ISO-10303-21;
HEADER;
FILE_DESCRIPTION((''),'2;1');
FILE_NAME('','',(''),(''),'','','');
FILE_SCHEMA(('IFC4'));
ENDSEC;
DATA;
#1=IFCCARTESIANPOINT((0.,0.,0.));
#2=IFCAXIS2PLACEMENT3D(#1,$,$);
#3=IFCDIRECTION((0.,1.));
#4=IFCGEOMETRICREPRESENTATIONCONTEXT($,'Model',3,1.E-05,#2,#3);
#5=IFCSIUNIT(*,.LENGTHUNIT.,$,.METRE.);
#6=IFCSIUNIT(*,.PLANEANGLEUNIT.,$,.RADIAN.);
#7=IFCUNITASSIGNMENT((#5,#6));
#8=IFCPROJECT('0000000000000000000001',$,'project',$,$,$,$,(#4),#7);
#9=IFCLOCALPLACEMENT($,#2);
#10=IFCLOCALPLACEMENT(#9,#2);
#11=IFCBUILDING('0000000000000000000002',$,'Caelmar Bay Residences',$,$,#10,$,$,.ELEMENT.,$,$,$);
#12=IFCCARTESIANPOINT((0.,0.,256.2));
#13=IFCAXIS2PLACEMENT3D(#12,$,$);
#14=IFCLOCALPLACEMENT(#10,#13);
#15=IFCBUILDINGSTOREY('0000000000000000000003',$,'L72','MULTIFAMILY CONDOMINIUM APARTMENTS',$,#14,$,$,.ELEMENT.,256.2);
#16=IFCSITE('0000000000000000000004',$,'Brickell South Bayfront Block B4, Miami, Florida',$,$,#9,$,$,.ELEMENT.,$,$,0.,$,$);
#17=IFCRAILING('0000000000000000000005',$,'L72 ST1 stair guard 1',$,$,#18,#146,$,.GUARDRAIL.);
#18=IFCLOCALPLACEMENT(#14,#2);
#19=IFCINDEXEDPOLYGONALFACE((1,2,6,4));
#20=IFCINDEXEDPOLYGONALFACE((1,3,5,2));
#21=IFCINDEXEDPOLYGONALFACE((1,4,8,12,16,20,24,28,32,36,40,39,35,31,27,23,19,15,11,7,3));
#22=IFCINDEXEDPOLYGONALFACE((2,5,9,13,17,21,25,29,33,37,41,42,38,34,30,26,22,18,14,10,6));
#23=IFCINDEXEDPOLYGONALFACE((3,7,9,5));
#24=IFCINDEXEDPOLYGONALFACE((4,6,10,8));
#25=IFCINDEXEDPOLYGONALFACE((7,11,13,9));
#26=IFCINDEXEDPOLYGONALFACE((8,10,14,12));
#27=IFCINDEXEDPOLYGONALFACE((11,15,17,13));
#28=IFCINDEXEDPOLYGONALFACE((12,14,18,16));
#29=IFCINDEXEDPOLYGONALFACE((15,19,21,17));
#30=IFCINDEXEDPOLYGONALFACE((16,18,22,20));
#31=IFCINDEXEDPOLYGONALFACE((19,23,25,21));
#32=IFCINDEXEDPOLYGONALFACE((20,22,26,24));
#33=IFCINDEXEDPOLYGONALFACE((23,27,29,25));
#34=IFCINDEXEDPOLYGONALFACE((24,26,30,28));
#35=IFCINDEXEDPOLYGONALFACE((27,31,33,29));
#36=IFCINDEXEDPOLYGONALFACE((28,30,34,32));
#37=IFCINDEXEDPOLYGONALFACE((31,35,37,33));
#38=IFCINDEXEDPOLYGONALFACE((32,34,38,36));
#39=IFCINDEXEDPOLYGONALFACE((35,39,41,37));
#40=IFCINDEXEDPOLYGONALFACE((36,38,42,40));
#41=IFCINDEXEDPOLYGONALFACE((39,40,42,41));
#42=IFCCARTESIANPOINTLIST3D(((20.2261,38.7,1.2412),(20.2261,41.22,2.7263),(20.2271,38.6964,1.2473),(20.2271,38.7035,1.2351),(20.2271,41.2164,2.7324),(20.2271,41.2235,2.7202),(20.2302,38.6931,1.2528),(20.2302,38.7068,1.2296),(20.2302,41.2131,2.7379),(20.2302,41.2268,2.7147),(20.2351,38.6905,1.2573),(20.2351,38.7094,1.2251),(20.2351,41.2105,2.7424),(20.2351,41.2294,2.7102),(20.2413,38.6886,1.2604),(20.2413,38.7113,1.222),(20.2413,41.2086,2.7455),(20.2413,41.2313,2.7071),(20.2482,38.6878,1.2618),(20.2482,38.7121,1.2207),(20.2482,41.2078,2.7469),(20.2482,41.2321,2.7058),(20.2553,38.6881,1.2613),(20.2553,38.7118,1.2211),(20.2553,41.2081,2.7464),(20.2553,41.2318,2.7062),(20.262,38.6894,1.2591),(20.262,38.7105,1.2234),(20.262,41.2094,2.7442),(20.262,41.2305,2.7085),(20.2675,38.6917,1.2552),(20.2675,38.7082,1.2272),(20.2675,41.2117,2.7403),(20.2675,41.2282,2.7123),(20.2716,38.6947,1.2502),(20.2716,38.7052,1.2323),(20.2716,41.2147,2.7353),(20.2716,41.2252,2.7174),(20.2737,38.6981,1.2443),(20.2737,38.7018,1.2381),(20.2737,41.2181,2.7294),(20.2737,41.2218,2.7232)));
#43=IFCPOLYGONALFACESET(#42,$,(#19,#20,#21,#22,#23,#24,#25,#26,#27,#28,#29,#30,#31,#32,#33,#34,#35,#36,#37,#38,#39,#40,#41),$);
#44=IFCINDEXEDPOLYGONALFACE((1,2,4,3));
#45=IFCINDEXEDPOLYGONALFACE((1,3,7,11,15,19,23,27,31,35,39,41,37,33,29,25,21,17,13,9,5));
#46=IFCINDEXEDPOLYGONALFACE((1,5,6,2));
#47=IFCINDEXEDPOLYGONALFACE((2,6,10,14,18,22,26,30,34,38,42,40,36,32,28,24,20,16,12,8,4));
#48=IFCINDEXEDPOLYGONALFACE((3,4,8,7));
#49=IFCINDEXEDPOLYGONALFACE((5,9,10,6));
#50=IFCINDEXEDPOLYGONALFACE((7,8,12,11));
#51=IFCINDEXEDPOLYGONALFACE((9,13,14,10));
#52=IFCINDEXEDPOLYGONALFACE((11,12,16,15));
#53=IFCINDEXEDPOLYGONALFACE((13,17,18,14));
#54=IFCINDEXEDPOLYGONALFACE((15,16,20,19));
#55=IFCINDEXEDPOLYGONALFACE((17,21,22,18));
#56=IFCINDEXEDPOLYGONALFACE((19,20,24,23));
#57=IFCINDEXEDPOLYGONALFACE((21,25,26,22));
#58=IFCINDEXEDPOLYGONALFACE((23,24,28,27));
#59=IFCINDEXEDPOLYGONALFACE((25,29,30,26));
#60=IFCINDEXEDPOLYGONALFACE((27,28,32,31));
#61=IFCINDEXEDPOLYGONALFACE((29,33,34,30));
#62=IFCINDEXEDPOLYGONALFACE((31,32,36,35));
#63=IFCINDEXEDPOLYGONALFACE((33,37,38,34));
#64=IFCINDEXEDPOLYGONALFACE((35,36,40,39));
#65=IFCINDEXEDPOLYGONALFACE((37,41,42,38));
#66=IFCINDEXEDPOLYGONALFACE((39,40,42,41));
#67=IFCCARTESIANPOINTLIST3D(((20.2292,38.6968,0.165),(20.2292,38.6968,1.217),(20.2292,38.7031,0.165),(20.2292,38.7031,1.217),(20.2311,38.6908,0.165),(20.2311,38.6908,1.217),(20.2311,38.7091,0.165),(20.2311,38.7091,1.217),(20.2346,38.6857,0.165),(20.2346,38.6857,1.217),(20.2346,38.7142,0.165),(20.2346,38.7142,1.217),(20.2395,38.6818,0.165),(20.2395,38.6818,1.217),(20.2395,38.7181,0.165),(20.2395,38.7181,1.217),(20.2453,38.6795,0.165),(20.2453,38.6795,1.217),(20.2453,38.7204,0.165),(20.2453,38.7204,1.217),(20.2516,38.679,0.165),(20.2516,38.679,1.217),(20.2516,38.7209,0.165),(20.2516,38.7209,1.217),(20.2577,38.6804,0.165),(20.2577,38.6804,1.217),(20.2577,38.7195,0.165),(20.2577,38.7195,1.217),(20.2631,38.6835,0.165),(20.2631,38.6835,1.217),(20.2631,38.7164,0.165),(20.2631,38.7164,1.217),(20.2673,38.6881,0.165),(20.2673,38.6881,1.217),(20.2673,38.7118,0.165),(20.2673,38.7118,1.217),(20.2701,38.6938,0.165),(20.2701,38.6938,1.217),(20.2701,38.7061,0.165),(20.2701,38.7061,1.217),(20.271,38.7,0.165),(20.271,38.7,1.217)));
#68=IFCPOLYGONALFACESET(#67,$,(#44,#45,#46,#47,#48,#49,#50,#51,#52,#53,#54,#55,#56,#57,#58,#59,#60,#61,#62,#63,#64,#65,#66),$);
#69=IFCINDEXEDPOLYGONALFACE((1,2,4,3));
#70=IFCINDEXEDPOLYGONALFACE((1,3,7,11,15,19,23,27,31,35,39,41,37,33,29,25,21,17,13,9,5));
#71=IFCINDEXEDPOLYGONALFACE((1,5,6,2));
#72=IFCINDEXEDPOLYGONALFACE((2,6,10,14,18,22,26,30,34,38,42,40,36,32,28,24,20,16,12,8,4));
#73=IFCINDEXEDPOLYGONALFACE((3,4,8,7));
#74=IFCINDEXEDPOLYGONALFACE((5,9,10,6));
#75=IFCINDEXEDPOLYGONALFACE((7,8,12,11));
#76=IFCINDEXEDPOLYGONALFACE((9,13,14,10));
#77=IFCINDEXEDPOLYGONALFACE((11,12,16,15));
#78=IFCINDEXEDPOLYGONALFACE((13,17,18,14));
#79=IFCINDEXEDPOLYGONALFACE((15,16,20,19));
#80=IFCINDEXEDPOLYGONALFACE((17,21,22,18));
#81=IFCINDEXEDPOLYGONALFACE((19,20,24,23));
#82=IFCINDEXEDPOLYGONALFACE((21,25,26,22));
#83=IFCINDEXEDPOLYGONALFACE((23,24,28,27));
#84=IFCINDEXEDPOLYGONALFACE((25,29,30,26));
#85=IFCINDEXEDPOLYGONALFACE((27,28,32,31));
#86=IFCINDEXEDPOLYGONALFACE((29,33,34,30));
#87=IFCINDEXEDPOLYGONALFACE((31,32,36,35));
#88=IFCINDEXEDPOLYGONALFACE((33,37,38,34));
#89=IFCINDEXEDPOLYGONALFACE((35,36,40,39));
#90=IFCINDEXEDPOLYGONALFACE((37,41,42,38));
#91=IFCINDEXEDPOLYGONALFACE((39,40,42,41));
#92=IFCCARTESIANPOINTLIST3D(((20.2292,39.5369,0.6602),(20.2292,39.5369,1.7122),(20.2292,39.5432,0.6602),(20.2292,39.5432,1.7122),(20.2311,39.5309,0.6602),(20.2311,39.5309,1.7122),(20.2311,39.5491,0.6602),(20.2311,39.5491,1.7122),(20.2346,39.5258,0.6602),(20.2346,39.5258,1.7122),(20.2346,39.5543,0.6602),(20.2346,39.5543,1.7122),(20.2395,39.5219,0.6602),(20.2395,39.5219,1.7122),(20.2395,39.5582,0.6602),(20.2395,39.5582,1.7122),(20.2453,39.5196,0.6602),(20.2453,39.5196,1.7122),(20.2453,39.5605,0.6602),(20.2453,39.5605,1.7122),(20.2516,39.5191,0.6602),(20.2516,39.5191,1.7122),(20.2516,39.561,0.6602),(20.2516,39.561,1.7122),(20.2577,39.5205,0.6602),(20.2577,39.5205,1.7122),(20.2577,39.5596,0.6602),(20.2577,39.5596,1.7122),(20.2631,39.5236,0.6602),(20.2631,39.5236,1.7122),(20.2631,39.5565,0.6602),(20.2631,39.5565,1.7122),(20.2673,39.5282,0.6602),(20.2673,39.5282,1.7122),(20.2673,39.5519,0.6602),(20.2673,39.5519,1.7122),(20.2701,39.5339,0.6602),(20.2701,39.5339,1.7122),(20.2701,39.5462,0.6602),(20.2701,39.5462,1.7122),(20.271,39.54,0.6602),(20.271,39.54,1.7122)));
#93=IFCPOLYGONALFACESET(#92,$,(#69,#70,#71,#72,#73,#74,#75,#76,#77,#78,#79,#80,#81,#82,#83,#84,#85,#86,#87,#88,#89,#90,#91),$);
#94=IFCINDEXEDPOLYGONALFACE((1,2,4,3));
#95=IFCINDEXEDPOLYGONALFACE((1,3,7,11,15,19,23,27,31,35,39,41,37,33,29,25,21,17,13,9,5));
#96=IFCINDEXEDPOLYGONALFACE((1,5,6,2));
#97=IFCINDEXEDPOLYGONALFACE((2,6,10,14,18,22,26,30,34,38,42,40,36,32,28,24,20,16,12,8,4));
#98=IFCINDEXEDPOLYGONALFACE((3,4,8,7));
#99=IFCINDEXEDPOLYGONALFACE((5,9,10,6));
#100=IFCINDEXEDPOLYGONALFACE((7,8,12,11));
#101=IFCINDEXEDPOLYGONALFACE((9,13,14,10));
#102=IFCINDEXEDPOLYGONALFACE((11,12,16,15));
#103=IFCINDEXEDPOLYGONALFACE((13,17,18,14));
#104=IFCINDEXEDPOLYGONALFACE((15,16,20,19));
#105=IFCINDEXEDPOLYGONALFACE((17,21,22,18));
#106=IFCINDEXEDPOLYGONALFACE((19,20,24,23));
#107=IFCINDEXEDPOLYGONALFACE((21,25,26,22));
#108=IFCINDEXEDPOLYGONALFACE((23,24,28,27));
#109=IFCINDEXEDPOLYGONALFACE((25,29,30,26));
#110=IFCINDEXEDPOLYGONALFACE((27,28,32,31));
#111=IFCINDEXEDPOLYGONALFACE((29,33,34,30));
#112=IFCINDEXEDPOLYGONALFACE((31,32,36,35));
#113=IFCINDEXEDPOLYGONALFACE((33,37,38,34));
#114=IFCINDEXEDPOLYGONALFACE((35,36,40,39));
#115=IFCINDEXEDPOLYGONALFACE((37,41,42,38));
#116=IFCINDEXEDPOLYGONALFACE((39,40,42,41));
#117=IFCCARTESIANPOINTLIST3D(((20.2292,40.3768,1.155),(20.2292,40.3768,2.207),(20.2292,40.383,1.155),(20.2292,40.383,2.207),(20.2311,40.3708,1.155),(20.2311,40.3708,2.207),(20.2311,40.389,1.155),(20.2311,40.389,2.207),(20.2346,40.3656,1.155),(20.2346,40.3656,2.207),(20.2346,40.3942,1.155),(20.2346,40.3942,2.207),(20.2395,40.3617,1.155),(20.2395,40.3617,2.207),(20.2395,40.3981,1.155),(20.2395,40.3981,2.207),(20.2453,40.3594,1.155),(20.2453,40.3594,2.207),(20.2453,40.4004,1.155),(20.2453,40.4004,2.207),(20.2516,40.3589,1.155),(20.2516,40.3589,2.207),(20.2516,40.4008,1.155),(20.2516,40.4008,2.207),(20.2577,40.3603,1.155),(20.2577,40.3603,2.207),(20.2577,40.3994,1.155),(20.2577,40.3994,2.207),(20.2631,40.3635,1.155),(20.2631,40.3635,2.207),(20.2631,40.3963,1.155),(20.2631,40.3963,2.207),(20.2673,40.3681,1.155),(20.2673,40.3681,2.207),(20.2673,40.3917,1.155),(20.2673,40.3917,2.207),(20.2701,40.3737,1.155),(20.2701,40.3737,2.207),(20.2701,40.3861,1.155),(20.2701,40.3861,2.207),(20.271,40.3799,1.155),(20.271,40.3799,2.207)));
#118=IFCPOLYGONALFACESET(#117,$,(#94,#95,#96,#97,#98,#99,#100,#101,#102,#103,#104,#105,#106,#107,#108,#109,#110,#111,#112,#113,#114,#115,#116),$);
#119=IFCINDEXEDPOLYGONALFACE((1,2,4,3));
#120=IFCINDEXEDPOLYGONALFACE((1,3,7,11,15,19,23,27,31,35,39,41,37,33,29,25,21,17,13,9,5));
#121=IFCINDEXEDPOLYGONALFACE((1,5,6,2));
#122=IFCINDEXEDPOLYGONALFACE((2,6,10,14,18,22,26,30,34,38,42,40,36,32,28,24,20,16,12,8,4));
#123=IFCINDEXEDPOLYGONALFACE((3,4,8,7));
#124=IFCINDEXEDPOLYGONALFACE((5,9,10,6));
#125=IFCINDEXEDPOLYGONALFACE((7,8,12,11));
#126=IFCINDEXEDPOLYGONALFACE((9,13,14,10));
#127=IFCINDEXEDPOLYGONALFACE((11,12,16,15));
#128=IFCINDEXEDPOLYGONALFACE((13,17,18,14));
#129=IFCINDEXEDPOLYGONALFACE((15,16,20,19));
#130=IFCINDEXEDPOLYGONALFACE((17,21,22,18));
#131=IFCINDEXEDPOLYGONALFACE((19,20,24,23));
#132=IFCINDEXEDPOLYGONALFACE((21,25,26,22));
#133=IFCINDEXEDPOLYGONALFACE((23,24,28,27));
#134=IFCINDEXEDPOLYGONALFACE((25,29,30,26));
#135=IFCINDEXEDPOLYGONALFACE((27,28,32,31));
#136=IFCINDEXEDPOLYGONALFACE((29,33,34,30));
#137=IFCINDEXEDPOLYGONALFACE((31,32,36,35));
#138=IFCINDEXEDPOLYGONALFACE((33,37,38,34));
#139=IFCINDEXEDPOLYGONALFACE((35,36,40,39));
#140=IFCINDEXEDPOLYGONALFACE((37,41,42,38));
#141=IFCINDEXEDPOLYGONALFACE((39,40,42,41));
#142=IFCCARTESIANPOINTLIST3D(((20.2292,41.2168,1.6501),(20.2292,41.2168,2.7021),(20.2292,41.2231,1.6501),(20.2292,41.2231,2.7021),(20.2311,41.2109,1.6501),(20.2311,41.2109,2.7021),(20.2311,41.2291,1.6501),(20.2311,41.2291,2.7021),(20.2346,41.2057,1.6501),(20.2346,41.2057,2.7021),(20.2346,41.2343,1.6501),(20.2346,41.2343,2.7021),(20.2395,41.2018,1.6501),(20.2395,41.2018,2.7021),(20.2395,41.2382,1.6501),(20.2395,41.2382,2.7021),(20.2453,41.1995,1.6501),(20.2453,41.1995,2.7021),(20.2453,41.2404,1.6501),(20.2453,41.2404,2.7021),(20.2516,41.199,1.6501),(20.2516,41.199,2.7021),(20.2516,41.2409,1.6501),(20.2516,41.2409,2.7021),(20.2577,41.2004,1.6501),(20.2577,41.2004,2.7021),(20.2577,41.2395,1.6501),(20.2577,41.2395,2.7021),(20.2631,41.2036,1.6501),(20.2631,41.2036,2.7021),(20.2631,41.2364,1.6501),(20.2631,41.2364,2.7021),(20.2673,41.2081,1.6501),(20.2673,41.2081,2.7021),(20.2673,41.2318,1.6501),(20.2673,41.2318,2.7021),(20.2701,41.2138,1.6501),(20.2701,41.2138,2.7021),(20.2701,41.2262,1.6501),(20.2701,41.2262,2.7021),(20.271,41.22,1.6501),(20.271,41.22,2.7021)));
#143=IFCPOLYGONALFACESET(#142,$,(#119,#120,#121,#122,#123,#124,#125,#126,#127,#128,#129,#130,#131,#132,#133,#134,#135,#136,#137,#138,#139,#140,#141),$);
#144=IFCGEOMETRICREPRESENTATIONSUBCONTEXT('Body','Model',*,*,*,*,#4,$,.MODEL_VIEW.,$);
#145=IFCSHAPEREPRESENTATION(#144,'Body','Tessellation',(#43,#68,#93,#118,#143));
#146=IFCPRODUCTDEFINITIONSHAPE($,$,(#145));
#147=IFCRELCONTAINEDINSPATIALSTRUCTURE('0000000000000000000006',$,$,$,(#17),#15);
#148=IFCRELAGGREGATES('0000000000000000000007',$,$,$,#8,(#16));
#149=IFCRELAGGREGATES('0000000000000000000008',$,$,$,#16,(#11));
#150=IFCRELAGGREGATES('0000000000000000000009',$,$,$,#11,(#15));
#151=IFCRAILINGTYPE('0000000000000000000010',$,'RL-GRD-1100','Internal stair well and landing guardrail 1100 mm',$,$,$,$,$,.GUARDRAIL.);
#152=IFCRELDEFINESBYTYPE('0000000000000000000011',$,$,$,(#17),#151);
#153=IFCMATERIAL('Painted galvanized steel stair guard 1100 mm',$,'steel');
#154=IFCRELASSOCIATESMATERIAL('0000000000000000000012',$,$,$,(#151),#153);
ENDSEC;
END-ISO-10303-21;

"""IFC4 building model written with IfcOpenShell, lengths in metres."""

from ifc_helpers import new_model, si_unit, direction, frame, origin, origin_2d, place, context, subcontext, project, spatial, circle, extrude, material, type_object, element, save


model = new_model("IFC4")

# Units and contexts
model_context = context("Model", 3, precision=1e-05, world=origin(), true_north=direction((0.0, 1.0)))
body_context = subcontext(model_context, "Body", "Model", "MODEL_VIEW")
ifc_project = project(units=[si_unit("LENGTHUNIT", "METRE"), si_unit("PLANEANGLEUNIT", "RADIAN")], contexts=[model_context])

# Site, building, storey
site_placement = place(None, origin())
site = spatial("IfcSite", under=ifc_project, at=site_placement, Name="Brickell South Bayfront Block B4, Miami, Florida", CompositionType="ELEMENT", RefElevation=0.0)
building_placement = place(site_placement, origin())
building = spatial("IfcBuilding", under=site, at=building_placement, Name="Caelmar Bay Residences", CompositionType="ELEMENT")
storey_placement = place(building_placement, frame((0.0, 0.0, 256.2)))
storey = spatial("IfcBuildingStorey", under=building, at=storey_placement, Name="L72", Description="MULTIFAMILY CONDOMINIUM APARTMENTS", CompositionType="ELEMENT", Elevation=256.2)

# Railing
ifc_material_1 = material(Name="Painted galvanized steel stair guard 1100 mm", Category="steel")
railing_type_1 = type_object("IfcRailingType", Name="RL-GRD-1100", Description="Internal stair well and landing guardrail 1100 mm", PredefinedType="GUARDRAIL", material=ifc_material_1)
railing_1_placement = place(storey_placement, frame((20.25, 38.7, 0.165)))
element("IfcRailing", 1, at=railing_1_placement, inside=storey, type_object=railing_type_1, Name="L72 ST1 stair guard 1", PredefinedType="GUARDRAIL", context=body_context, shape_type="SweptSolid", body=[
    extrude(circle(Radius=0.0239, at=origin_2d()), frame((0.0, 0.0, 1.0762), z_axis=(0.0, 0.861524, 0.507717), x_axis=(-1.0, 0.0, 0.0)), (0.0, 0.0, 1.0), 2.925),
    extrude(circle(Radius=0.021, at=origin_2d()), origin(), (0.0, 0.0, 1.0), 1.052),
    extrude(circle(Radius=0.021, at=origin_2d()), frame((0.0, 0.8401, 0.4951)), (0.0, 0.0, 1.0), 1.052),
    extrude(circle(Radius=0.021, at=origin_2d()), frame((0.0, 1.6799, 0.99)), (0.0, 0.0, 1.0), 1.052),
    extrude(circle(Radius=0.021, at=origin_2d()), frame((0.0, 2.52, 1.4851)), (0.0, 0.0, 1.0), 1.052),
])

save(model, "model.ifc")
